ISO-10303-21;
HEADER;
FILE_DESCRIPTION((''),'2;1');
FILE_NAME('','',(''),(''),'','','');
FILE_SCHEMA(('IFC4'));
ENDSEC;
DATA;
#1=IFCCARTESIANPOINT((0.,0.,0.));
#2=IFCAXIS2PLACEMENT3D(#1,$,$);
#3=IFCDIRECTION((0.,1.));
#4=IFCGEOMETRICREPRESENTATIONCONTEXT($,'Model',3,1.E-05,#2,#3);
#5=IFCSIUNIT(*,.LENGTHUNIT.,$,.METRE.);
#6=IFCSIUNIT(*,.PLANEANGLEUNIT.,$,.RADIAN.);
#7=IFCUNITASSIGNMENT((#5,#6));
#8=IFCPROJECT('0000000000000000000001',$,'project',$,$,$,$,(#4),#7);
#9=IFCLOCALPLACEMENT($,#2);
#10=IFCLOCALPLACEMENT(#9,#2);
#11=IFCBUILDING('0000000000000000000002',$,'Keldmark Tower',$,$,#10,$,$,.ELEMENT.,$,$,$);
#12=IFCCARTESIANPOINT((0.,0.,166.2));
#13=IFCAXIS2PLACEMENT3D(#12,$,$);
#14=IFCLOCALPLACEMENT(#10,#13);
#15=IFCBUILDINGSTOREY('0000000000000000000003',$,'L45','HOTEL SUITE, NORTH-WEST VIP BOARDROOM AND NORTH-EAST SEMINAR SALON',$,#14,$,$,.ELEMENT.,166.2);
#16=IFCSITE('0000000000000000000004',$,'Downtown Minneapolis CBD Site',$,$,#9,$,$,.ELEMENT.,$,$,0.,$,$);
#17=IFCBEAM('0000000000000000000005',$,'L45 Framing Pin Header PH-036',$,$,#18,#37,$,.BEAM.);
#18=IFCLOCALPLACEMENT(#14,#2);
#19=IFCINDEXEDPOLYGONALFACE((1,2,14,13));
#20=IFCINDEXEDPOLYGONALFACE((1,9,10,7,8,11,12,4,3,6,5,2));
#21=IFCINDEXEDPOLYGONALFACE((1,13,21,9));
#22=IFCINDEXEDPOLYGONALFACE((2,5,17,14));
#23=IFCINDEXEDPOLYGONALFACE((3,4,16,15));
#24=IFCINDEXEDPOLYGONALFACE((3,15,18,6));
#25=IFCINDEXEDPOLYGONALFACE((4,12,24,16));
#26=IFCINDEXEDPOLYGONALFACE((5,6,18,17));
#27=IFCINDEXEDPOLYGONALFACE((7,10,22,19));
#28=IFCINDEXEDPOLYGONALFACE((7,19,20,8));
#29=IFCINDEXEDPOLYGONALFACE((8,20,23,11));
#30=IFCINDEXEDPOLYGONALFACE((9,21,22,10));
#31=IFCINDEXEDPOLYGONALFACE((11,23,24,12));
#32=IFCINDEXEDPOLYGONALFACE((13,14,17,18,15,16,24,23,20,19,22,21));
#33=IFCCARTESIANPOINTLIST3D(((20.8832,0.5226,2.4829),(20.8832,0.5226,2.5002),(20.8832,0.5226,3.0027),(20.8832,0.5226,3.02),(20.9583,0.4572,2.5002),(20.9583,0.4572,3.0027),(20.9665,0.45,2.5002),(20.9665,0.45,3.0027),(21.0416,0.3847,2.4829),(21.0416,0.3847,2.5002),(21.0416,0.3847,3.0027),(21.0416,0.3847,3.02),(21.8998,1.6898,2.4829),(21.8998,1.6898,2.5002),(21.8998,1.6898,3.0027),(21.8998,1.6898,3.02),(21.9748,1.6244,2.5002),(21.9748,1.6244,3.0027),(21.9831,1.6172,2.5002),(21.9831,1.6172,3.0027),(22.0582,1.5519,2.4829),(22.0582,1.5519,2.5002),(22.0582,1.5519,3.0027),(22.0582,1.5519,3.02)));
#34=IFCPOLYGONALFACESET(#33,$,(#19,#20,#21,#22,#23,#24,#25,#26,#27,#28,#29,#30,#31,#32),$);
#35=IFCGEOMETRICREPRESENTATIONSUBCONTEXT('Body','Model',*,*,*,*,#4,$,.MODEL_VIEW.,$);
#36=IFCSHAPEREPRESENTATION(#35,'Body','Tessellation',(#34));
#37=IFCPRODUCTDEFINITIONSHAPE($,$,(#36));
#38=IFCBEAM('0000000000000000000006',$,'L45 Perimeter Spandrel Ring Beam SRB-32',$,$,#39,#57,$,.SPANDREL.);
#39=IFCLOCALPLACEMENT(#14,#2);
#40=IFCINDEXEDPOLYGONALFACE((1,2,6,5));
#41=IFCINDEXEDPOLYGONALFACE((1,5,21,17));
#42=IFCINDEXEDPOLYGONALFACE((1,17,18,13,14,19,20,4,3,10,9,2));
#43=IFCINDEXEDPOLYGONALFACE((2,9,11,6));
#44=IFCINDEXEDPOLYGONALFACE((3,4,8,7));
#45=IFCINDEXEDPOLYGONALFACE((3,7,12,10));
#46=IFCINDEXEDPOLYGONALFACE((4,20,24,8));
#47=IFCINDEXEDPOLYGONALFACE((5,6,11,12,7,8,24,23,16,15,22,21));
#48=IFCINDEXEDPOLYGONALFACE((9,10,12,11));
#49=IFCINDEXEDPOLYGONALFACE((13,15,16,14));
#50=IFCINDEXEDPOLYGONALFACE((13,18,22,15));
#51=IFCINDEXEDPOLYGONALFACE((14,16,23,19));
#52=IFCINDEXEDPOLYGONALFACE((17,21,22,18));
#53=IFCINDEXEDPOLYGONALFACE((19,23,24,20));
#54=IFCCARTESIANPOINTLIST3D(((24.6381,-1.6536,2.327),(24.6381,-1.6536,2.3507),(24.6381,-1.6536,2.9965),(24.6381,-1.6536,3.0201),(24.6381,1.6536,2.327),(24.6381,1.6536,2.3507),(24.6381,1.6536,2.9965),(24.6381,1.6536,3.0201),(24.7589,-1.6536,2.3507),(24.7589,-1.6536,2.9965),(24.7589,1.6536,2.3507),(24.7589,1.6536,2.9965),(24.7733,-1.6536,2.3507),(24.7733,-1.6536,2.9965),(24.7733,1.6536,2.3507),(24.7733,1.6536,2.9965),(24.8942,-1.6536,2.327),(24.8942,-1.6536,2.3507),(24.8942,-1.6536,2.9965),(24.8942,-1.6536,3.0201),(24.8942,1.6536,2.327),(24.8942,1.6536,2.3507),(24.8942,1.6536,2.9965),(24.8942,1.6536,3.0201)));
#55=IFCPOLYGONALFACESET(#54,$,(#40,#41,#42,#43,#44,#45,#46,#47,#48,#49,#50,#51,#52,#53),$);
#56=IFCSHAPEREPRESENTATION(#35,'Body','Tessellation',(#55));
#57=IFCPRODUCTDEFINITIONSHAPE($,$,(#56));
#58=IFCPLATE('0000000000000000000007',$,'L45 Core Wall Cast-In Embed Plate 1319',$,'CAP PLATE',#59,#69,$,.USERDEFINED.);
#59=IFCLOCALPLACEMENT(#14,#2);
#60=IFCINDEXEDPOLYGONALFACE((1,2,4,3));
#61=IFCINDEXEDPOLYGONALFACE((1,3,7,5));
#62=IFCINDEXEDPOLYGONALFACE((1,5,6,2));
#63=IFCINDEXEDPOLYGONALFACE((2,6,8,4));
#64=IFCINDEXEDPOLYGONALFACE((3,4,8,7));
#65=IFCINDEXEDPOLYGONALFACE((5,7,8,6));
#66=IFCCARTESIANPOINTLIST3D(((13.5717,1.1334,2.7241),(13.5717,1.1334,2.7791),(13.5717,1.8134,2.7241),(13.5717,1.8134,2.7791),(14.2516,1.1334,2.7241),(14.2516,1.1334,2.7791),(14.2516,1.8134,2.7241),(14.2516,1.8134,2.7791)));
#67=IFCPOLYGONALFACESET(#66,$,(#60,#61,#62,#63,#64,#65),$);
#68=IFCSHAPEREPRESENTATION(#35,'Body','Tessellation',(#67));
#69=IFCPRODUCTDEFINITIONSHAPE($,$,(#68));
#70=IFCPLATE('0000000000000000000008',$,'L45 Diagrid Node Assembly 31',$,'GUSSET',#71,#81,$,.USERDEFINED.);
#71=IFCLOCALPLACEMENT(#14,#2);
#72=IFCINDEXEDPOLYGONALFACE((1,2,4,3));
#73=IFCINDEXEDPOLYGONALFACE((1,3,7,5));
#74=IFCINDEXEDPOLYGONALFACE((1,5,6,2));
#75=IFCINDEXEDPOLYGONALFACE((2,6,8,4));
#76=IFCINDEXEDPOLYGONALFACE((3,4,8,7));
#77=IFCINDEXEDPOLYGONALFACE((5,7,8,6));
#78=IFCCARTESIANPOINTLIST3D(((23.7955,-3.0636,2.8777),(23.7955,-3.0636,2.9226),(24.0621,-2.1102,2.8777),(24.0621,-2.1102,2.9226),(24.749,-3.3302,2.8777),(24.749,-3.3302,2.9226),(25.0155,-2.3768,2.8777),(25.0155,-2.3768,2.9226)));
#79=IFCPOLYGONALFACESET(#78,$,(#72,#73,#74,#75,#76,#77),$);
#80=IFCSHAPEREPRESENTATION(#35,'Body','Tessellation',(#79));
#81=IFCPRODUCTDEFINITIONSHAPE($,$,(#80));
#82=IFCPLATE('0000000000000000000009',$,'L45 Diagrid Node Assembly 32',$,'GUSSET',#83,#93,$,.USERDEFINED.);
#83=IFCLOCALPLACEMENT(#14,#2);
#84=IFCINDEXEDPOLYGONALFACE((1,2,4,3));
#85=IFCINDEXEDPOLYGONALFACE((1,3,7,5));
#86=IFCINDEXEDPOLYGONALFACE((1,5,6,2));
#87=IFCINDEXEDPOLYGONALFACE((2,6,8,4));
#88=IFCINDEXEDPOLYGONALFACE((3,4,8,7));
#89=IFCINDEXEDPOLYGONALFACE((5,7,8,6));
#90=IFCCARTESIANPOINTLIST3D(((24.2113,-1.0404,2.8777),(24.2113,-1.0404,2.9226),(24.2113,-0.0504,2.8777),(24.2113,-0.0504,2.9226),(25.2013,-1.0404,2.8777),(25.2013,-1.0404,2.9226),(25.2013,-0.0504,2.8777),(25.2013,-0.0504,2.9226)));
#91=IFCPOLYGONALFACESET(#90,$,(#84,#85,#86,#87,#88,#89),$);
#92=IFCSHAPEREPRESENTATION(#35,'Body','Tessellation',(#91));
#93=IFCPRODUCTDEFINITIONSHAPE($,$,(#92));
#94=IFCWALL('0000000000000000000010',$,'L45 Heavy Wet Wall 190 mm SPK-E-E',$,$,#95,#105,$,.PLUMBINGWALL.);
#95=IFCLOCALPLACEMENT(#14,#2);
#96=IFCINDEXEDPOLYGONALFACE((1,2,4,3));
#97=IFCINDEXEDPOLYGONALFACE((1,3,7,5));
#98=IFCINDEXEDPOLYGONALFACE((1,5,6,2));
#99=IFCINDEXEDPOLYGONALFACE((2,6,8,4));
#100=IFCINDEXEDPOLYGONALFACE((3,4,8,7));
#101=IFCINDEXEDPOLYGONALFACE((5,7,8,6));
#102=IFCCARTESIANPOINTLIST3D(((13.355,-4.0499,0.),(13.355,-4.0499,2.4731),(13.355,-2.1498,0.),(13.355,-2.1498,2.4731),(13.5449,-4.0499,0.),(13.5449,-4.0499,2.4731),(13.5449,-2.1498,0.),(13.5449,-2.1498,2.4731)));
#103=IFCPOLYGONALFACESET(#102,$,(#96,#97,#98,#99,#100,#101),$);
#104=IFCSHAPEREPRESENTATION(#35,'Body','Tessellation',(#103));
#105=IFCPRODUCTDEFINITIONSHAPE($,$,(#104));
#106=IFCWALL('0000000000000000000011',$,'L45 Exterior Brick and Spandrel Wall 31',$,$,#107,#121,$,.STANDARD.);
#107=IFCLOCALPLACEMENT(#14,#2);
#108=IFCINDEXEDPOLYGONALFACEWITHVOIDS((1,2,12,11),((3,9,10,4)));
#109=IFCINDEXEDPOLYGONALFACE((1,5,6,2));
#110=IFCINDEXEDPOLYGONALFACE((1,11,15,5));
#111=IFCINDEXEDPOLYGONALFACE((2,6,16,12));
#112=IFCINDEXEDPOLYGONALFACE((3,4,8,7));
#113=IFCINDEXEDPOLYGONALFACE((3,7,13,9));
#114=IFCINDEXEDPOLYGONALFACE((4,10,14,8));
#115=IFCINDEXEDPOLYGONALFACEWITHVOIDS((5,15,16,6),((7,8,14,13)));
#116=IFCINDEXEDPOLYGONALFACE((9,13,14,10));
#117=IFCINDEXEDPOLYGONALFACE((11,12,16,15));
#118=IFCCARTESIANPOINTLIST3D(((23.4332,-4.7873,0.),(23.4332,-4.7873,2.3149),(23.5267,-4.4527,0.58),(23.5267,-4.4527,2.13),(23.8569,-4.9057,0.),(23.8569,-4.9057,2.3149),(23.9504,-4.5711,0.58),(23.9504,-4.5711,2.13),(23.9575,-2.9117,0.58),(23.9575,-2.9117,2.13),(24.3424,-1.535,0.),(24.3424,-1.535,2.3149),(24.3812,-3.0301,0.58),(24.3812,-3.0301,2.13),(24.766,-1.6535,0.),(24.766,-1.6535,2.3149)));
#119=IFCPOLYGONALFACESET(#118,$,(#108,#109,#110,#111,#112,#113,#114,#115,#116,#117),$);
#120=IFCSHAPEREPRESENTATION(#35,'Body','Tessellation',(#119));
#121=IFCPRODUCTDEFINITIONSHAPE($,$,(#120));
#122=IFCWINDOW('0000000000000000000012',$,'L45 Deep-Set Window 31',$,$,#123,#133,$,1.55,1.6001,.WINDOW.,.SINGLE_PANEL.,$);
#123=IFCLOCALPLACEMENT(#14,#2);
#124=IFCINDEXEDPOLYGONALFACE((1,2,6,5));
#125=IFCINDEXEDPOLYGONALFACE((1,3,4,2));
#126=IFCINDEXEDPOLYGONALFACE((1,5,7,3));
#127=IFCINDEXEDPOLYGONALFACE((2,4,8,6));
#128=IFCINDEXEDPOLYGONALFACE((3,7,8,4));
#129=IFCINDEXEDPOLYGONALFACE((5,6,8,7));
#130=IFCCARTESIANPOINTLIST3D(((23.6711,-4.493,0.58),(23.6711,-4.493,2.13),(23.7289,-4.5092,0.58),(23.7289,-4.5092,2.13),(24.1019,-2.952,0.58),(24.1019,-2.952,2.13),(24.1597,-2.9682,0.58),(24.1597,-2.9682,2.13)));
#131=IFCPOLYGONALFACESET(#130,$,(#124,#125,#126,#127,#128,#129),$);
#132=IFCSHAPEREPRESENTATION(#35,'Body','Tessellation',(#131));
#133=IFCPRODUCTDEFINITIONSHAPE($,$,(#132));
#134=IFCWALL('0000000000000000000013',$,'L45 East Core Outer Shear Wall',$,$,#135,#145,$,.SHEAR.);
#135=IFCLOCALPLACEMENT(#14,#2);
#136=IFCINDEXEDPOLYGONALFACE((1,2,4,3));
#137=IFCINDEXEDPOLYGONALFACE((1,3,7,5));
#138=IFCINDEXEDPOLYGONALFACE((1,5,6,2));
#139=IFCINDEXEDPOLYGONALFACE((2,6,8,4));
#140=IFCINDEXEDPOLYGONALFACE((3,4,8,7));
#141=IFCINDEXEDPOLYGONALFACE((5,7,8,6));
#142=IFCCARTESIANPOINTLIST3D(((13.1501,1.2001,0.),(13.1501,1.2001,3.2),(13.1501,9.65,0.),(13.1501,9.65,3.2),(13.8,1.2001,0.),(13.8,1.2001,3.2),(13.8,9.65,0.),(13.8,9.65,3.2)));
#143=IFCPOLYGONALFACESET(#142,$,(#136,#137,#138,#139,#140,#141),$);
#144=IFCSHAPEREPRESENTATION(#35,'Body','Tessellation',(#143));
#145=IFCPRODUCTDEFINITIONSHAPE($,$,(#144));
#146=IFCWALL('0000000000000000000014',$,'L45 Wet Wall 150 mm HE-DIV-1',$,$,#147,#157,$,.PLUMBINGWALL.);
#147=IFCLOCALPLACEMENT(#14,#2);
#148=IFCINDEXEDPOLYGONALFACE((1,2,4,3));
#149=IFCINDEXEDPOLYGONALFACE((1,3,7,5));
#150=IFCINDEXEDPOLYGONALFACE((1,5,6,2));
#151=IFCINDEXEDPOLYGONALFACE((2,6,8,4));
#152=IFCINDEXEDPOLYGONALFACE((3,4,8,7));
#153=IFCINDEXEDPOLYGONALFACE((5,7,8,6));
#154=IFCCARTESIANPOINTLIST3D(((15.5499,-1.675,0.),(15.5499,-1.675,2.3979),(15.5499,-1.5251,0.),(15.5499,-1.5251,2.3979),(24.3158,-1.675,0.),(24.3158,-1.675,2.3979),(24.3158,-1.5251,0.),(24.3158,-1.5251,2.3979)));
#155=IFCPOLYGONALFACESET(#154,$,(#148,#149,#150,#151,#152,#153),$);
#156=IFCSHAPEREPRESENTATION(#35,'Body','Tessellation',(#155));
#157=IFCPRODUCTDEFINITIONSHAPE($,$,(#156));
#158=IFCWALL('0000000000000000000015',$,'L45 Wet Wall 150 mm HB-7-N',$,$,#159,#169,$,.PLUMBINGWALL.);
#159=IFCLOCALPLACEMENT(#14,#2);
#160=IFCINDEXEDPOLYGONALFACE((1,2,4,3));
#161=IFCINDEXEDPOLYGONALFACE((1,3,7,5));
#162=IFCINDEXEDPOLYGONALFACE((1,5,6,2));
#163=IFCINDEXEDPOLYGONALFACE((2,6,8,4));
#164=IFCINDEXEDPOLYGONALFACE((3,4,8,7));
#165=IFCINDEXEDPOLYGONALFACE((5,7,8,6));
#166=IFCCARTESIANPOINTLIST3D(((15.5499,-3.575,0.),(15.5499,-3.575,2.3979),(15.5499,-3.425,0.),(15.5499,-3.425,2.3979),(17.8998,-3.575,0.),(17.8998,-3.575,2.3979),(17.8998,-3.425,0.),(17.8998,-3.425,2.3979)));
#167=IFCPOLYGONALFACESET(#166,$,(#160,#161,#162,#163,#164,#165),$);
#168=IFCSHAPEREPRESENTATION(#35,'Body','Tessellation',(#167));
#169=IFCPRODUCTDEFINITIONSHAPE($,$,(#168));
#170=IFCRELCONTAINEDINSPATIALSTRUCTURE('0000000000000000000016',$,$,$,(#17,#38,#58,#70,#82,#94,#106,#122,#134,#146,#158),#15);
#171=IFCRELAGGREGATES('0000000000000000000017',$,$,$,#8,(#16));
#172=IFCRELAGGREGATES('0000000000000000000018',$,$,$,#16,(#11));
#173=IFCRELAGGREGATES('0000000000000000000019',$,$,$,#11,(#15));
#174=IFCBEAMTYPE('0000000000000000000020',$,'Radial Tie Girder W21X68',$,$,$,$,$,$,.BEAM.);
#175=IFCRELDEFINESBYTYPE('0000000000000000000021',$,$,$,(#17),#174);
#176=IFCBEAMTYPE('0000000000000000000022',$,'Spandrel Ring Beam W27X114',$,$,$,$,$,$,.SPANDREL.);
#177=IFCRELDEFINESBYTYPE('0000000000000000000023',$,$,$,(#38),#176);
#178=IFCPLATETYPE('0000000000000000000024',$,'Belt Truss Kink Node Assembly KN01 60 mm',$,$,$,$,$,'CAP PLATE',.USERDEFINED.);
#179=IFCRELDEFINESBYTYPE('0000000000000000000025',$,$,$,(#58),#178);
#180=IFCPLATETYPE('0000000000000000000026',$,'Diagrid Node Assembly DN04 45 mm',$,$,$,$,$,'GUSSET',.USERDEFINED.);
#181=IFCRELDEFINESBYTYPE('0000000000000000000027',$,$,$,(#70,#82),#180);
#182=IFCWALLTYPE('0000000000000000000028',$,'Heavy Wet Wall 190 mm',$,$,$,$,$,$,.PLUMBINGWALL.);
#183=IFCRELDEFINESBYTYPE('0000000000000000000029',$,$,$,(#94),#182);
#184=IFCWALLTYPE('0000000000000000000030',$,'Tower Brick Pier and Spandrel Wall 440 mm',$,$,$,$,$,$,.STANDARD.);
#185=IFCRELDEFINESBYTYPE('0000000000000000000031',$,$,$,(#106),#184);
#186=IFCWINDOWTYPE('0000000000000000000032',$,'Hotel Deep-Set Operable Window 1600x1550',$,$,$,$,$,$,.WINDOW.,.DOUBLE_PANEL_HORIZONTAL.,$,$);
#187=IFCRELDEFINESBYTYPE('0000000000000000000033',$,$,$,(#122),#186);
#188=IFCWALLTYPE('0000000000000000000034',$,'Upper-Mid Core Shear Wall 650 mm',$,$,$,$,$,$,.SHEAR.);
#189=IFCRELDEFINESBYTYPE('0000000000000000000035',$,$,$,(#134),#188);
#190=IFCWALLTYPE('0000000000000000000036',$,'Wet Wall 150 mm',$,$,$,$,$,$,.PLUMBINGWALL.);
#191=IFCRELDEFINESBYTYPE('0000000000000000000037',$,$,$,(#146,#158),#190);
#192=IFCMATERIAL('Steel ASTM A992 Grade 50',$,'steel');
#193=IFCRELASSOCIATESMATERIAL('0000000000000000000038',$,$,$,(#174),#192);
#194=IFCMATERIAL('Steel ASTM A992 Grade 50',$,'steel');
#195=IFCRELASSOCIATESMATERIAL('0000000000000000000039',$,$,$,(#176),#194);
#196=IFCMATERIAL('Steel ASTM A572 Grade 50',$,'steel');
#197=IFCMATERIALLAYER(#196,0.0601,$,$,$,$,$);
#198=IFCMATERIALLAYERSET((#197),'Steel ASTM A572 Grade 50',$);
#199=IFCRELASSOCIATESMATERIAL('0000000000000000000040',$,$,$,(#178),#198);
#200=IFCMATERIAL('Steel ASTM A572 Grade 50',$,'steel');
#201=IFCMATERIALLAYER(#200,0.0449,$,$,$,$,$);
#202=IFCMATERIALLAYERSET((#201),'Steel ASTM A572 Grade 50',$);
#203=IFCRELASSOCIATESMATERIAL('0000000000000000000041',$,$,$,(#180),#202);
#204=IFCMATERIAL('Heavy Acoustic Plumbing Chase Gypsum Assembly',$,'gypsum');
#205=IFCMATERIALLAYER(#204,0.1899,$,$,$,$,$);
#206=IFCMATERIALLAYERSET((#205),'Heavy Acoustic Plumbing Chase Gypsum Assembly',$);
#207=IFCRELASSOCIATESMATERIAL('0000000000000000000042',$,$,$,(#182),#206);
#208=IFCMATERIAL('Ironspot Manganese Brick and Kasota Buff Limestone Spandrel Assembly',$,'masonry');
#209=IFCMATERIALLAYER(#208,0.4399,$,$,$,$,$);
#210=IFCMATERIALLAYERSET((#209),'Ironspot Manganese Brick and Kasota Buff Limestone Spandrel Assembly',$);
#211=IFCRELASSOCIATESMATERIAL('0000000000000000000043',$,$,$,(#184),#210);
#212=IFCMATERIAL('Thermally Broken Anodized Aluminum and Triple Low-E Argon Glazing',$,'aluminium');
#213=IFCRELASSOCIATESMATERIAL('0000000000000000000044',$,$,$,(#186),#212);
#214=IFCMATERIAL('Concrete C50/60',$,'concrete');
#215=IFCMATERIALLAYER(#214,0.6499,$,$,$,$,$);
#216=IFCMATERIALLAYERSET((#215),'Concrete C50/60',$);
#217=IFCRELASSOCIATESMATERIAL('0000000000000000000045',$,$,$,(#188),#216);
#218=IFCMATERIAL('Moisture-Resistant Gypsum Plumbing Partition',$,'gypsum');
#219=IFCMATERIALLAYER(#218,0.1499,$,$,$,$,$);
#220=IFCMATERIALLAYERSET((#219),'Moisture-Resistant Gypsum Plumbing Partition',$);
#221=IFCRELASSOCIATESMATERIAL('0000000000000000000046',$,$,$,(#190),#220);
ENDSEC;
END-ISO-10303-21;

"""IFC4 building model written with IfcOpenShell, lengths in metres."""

from ifc_helpers import new_model, si_unit, direction, frame, frame_2d, origin, origin_2d, place, context, subcontext, project, spatial, rectangle, i_section, extrude, material, layer, layer_set, material_profile, profile_set, type_object, element, fill, save


model = new_model("IFC4")

# Units and contexts
model_context = context("Model", 3, precision=1e-05, world=origin(), true_north=direction((0.0, 1.0)))
body_context = subcontext(model_context, "Body", "Model", "MODEL_VIEW")
ifc_project = project(units=[si_unit("LENGTHUNIT", "METRE"), si_unit("PLANEANGLEUNIT", "RADIAN")], contexts=[model_context])

# Site, building, storey
site_placement = place(None, origin())
site = spatial("IfcSite", under=ifc_project, at=site_placement, Name="Downtown Minneapolis CBD Site", CompositionType="ELEMENT", RefElevation=0.0)
building_placement = place(site_placement, origin())
building = spatial("IfcBuilding", under=site, at=building_placement, Name="Keldmark Tower", CompositionType="ELEMENT")
storey_placement = place(building_placement, frame((0.0, 0.0, 166.2)))
storey = spatial("IfcBuildingStorey", under=building, at=storey_placement, Name="L45", Description="HOTEL SUITE, NORTH-WEST VIP BOARDROOM AND NORTH-EAST SEMINAR SALON", CompositionType="ELEMENT", Elevation=166.2)

# Beams
ifc_material_1 = material(Name="Steel ASTM A992 Grade 50", Category="steel")
ifc_material_profile_1 = material_profile(ifc_material_1, i_section(OverallWidth=0.21, OverallDepth=0.5371, WebThickness=0.011, FlangeThickness=0.0173, at=origin_2d()), Name="W21X68")
ifc_profile_set_1 = profile_set([ifc_material_profile_1], Name="Steel ASTM A992 Grade 50")
beam_type_1 = type_object("IfcBeamType", Name="Radial Tie Girder W21X68", PredefinedType="BEAM", material=ifc_profile_set_1)
beam_1_placement = place(storey_placement, frame((20.9624, 0.4536, 2.7515), z_axis=(0.656772, 0.754089, 0.0), x_axis=(-0.754089, 0.656772, 0.0)))
element("IfcBeam", 1, at=beam_1_placement, inside=storey, type_object=beam_type_1, Name="L45 Framing Pin Header PH-036", PredefinedType="BEAM", context=body_context, shape_type="SweptSolid", body=[
    extrude(i_section(OverallWidth=0.21, OverallDepth=0.5371, WebThickness=0.011, FlangeThickness=0.0173, at=origin_2d()), origin(), (0.0, 0.0, 1.0), 1.5479),
])
ifc_material_2 = material(Name="Steel ASTM A992 Grade 50", Category="steel")
ifc_material_profile_2 = material_profile(ifc_material_2, i_section(OverallWidth=0.2561, OverallDepth=0.6931, WebThickness=0.0144, FlangeThickness=0.0237, at=origin_2d()), Name="W27X114")
ifc_profile_set_2 = profile_set([ifc_material_profile_2], Name="Steel ASTM A992 Grade 50")
beam_type_2 = type_object("IfcBeamType", Name="Spandrel Ring Beam W27X114", PredefinedType="SPANDREL", material=ifc_profile_set_2)
beam_2_placement = place(storey_placement, frame((24.7661, -1.6536, 2.6736), z_axis=(0.0, 1.0, 0.0), x_axis=(-1.0, 0.0, 0.0)))
element("IfcBeam", 2, at=beam_2_placement, inside=storey, type_object=beam_type_2, Name="L45 Perimeter Spandrel Ring Beam SRB-32", PredefinedType="SPANDREL", context=body_context, shape_type="SweptSolid", body=[
    extrude(i_section(OverallWidth=0.2561, OverallDepth=0.6931, WebThickness=0.0144, FlangeThickness=0.0237, at=origin_2d()), origin(), (0.0, 0.0, 1.0), 3.3071),
])

# Plates
ifc_material_3 = material(Name="Steel ASTM A572 Grade 50", Category="steel")
ifc_layer_1 = layer(ifc_material_3, 0.0601)
ifc_layer_set_1 = layer_set([ifc_layer_1], Name="Steel ASTM A572 Grade 50")
plate_type_1 = type_object("IfcPlateType", Name="Belt Truss Kink Node Assembly KN01 60 mm", ElementType="CAP PLATE", PredefinedType="USERDEFINED", material=ifc_layer_set_1)
plate_placement = place(storey_placement, frame((13.9116, 1.4734, 2.7241), z_axis=(0.0, 0.0, 1.0), x_axis=(1.0, 0.0, 0.0)))
element("IfcPlate", 3, at=plate_placement, inside=storey, type_object=plate_type_1, Name="L45 Core Wall Cast-In Embed Plate 1319", ObjectType="CAP PLATE", PredefinedType="USERDEFINED", context=body_context, shape_type="SweptSolid", body=[
    extrude(rectangle(XDim=0.6799, YDim=0.6799, at=origin_2d()), origin(), (0.0, 0.0, 1.0), 0.0549),
])
ifc_material_4 = material(Name="Steel ASTM A572 Grade 50", Category="steel")
ifc_layer_2 = layer(ifc_material_4, 0.0449)
ifc_layer_set_2 = layer_set([ifc_layer_2], Name="Steel ASTM A572 Grade 50")
plate_type_2 = type_object("IfcPlateType", Name="Diagrid Node Assembly DN04 45 mm", ElementType="GUSSET", PredefinedType="USERDEFINED", material=ifc_layer_set_2)
for number, where, z_axis, x_axis, name in (
    (4, (24.4055, -2.7202, 2.8777), (0.0, 0.0, 1.0), (0.269256, 0.963069, 0.0), "L45 Diagrid Node Assembly 31"),
    (5, (24.7063, -0.5454, 2.8777), (0.0, 0.0, 1.0), (0.0, 1.0, 0.0), "L45 Diagrid Node Assembly 32"),
):
    element("IfcPlate", number, at=place(storey_placement, frame(where, z_axis=z_axis, x_axis=x_axis)), inside=storey, type_object=plate_type_2, Name=name, ObjectType="GUSSET", PredefinedType="USERDEFINED", context=body_context, shape_type="SweptSolid", body=[
        extrude(rectangle(XDim=0.99, YDim=0.99, at=origin_2d()), origin(), (0.0, 0.0, 1.0), 0.0449),
    ])

# Wall
ifc_material_5 = material(Name="Heavy Acoustic Plumbing Chase Gypsum Assembly", Category="gypsum")
ifc_layer_3 = layer(ifc_material_5, 0.1899)
ifc_layer_set_3 = layer_set([ifc_layer_3], Name="Heavy Acoustic Plumbing Chase Gypsum Assembly")
wall_type_1 = type_object("IfcWallType", Name="Heavy Wet Wall 190 mm", PredefinedType="PLUMBINGWALL", material=ifc_layer_set_3)
wall_1_placement = place(storey_placement, frame((13.45, -4.05, 0.0), z_axis=(0.0, 0.0, 1.0), x_axis=(0.0, 1.0, 0.0)))
element("IfcWall", 6, at=wall_1_placement, inside=storey, type_object=wall_type_1, Name="L45 Heavy Wet Wall 190 mm SPK-E-E", PredefinedType="PLUMBINGWALL", context=body_context, shape_type="SweptSolid", body=[
    extrude(rectangle(XDim=1.9001, YDim=0.1899, at=frame_2d((0.9502, 0.0))), origin(), (0.0, 0.0, 1.0), 2.4731),
])

# Wall, opening, window
ifc_material_6 = material(Name="Ironspot Manganese Brick and Kasota Buff Limestone Spandrel Assembly", Category="masonry")
ifc_layer_4 = layer(ifc_material_6, 0.4399)
ifc_layer_set_4 = layer_set([ifc_layer_4], Name="Ironspot Manganese Brick and Kasota Buff Limestone Spandrel Assembly")
wall_type_2 = type_object("IfcWallType", Name="Tower Brick Pier and Spandrel Wall 440 mm", PredefinedType="STANDARD", material=ifc_layer_set_4)
wall_2_placement = place(storey_placement, frame((24.5542, -1.5942, 0.0), z_axis=(0.0, 0.0, 1.0), x_axis=(-0.269236, -0.963074, 0.0)))
wall_2 = element("IfcWall", 7, at=wall_2_placement, inside=storey, type_object=wall_type_2, Name="L45 Exterior Brick and Spandrel Wall 31", PredefinedType="STANDARD", context=body_context, shape_type="SweptSolid", body=[
    extrude(rectangle(XDim=3.377, YDim=0.4399, at=frame_2d((1.6885, 0.0))), origin(), (0.0, 0.0, 1.0), 2.3149),
])
opening_1_placement = place(wall_2_placement, frame((1.4294, 0.0, 0.5801)))
opening_1 = element("IfcOpeningElement", 8, at=opening_1_placement, cuts=wall_2, PredefinedType="OPENING", context=body_context, shape_type="SweptSolid", body=[
    extrude(rectangle(XDim=1.6001, YDim=1.55, at=frame_2d((0.8, 0.7749))), frame((0.0, 0.23, 0.0), z_axis=(0.0, -1.0, 0.0), x_axis=(1.0, 0.0, 0.0)), (0.0, 0.0, 1.0), 0.46),
])
ifc_material_7 = material(Name="Thermally Broken Anodized Aluminum and Triple Low-E Argon Glazing", Category="aluminium")
window_type = type_object("IfcWindowType", Name="Hotel Deep-Set Operable Window 1600x1550", PartitioningType="DOUBLE_PANEL_HORIZONTAL", PredefinedType="WINDOW", material=ifc_material_7)
window_placement = place(opening_1_placement, origin())
window = element("IfcWindow", 9, at=window_placement, inside=storey, type_object=window_type, Name="L45 Deep-Set Window 31", OverallHeight=1.55, OverallWidth=1.6001, PartitioningType="SINGLE_PANEL", PredefinedType="WINDOW", context=body_context, shape_type="SweptSolid", body=[
    extrude(rectangle(XDim=1.6001, YDim=1.55, at=frame_2d((0.8, 0.7749))), frame((0.0, -0.01, 0.0), z_axis=(0.0, -1.0, 0.0), x_axis=(1.0, 0.0, 0.0)), (0.0, 0.0, 1.0), 0.0601),
])
fill(opening_1, window)

# Walls
ifc_material_8 = material(Name="Concrete C50/60", Category="concrete")
ifc_layer_5 = layer(ifc_material_8, 0.6499)
ifc_layer_set_5 = layer_set([ifc_layer_5], Name="Concrete C50/60")
wall_type_3 = type_object("IfcWallType", Name="Upper-Mid Core Shear Wall 650 mm", PredefinedType="SHEAR", material=ifc_layer_set_5)
wall_3_placement = place(storey_placement, frame((13.4751, 1.2, 0.0), z_axis=(0.0, 0.0, 1.0), x_axis=(0.0, 1.0, 0.0)))
element("IfcWall", 10, at=wall_3_placement, inside=storey, type_object=wall_type_3, Name="L45 East Core Outer Shear Wall", PredefinedType="SHEAR", context=body_context, shape_type="SweptSolid", body=[
    extrude(rectangle(XDim=8.45, YDim=0.6499, at=frame_2d((4.2251, 0.0))), origin(), (0.0, 0.0, 1.0), 3.2),
])
ifc_material_9 = material(Name="Moisture-Resistant Gypsum Plumbing Partition", Category="gypsum")
ifc_layer_6 = layer(ifc_material_9, 0.1499)
ifc_layer_set_6 = layer_set([ifc_layer_6], Name="Moisture-Resistant Gypsum Plumbing Partition")
wall_type_4 = type_object("IfcWallType", Name="Wet Wall 150 mm", PredefinedType="PLUMBINGWALL", material=ifc_layer_set_6)
wall_4_placement = place(storey_placement, frame((15.55, -1.6001, 0.0), z_axis=(0.0, 0.0, 1.0), x_axis=(1.0, 0.0, 0.0)))
element("IfcWall", 11, at=wall_4_placement, inside=storey, type_object=wall_type_4, Name="L45 Wet Wall 150 mm HE-DIV-1", PredefinedType="PLUMBINGWALL", context=body_context, shape_type="SweptSolid", body=[
    extrude(rectangle(XDim=8.7659, YDim=0.1499, at=frame_2d((4.3828, 0.0))), origin(), (0.0, 0.0, 1.0), 2.3979),
])
wall_5_placement = place(storey_placement, frame((15.55, -3.5, 0.0), z_axis=(0.0, 0.0, 1.0), x_axis=(1.0, 0.0, 0.0)))
element("IfcWall", 12, at=wall_5_placement, inside=storey, type_object=wall_type_4, Name="L45 Wet Wall 150 mm HB-7-N", PredefinedType="PLUMBINGWALL", context=body_context, shape_type="SweptSolid", body=[
    extrude(rectangle(XDim=2.3499, YDim=0.1499, at=frame_2d((1.1748, 0.0))), origin(), (0.0, 0.0, 1.0), 2.3979),
])

save(model, "model.ifc")
